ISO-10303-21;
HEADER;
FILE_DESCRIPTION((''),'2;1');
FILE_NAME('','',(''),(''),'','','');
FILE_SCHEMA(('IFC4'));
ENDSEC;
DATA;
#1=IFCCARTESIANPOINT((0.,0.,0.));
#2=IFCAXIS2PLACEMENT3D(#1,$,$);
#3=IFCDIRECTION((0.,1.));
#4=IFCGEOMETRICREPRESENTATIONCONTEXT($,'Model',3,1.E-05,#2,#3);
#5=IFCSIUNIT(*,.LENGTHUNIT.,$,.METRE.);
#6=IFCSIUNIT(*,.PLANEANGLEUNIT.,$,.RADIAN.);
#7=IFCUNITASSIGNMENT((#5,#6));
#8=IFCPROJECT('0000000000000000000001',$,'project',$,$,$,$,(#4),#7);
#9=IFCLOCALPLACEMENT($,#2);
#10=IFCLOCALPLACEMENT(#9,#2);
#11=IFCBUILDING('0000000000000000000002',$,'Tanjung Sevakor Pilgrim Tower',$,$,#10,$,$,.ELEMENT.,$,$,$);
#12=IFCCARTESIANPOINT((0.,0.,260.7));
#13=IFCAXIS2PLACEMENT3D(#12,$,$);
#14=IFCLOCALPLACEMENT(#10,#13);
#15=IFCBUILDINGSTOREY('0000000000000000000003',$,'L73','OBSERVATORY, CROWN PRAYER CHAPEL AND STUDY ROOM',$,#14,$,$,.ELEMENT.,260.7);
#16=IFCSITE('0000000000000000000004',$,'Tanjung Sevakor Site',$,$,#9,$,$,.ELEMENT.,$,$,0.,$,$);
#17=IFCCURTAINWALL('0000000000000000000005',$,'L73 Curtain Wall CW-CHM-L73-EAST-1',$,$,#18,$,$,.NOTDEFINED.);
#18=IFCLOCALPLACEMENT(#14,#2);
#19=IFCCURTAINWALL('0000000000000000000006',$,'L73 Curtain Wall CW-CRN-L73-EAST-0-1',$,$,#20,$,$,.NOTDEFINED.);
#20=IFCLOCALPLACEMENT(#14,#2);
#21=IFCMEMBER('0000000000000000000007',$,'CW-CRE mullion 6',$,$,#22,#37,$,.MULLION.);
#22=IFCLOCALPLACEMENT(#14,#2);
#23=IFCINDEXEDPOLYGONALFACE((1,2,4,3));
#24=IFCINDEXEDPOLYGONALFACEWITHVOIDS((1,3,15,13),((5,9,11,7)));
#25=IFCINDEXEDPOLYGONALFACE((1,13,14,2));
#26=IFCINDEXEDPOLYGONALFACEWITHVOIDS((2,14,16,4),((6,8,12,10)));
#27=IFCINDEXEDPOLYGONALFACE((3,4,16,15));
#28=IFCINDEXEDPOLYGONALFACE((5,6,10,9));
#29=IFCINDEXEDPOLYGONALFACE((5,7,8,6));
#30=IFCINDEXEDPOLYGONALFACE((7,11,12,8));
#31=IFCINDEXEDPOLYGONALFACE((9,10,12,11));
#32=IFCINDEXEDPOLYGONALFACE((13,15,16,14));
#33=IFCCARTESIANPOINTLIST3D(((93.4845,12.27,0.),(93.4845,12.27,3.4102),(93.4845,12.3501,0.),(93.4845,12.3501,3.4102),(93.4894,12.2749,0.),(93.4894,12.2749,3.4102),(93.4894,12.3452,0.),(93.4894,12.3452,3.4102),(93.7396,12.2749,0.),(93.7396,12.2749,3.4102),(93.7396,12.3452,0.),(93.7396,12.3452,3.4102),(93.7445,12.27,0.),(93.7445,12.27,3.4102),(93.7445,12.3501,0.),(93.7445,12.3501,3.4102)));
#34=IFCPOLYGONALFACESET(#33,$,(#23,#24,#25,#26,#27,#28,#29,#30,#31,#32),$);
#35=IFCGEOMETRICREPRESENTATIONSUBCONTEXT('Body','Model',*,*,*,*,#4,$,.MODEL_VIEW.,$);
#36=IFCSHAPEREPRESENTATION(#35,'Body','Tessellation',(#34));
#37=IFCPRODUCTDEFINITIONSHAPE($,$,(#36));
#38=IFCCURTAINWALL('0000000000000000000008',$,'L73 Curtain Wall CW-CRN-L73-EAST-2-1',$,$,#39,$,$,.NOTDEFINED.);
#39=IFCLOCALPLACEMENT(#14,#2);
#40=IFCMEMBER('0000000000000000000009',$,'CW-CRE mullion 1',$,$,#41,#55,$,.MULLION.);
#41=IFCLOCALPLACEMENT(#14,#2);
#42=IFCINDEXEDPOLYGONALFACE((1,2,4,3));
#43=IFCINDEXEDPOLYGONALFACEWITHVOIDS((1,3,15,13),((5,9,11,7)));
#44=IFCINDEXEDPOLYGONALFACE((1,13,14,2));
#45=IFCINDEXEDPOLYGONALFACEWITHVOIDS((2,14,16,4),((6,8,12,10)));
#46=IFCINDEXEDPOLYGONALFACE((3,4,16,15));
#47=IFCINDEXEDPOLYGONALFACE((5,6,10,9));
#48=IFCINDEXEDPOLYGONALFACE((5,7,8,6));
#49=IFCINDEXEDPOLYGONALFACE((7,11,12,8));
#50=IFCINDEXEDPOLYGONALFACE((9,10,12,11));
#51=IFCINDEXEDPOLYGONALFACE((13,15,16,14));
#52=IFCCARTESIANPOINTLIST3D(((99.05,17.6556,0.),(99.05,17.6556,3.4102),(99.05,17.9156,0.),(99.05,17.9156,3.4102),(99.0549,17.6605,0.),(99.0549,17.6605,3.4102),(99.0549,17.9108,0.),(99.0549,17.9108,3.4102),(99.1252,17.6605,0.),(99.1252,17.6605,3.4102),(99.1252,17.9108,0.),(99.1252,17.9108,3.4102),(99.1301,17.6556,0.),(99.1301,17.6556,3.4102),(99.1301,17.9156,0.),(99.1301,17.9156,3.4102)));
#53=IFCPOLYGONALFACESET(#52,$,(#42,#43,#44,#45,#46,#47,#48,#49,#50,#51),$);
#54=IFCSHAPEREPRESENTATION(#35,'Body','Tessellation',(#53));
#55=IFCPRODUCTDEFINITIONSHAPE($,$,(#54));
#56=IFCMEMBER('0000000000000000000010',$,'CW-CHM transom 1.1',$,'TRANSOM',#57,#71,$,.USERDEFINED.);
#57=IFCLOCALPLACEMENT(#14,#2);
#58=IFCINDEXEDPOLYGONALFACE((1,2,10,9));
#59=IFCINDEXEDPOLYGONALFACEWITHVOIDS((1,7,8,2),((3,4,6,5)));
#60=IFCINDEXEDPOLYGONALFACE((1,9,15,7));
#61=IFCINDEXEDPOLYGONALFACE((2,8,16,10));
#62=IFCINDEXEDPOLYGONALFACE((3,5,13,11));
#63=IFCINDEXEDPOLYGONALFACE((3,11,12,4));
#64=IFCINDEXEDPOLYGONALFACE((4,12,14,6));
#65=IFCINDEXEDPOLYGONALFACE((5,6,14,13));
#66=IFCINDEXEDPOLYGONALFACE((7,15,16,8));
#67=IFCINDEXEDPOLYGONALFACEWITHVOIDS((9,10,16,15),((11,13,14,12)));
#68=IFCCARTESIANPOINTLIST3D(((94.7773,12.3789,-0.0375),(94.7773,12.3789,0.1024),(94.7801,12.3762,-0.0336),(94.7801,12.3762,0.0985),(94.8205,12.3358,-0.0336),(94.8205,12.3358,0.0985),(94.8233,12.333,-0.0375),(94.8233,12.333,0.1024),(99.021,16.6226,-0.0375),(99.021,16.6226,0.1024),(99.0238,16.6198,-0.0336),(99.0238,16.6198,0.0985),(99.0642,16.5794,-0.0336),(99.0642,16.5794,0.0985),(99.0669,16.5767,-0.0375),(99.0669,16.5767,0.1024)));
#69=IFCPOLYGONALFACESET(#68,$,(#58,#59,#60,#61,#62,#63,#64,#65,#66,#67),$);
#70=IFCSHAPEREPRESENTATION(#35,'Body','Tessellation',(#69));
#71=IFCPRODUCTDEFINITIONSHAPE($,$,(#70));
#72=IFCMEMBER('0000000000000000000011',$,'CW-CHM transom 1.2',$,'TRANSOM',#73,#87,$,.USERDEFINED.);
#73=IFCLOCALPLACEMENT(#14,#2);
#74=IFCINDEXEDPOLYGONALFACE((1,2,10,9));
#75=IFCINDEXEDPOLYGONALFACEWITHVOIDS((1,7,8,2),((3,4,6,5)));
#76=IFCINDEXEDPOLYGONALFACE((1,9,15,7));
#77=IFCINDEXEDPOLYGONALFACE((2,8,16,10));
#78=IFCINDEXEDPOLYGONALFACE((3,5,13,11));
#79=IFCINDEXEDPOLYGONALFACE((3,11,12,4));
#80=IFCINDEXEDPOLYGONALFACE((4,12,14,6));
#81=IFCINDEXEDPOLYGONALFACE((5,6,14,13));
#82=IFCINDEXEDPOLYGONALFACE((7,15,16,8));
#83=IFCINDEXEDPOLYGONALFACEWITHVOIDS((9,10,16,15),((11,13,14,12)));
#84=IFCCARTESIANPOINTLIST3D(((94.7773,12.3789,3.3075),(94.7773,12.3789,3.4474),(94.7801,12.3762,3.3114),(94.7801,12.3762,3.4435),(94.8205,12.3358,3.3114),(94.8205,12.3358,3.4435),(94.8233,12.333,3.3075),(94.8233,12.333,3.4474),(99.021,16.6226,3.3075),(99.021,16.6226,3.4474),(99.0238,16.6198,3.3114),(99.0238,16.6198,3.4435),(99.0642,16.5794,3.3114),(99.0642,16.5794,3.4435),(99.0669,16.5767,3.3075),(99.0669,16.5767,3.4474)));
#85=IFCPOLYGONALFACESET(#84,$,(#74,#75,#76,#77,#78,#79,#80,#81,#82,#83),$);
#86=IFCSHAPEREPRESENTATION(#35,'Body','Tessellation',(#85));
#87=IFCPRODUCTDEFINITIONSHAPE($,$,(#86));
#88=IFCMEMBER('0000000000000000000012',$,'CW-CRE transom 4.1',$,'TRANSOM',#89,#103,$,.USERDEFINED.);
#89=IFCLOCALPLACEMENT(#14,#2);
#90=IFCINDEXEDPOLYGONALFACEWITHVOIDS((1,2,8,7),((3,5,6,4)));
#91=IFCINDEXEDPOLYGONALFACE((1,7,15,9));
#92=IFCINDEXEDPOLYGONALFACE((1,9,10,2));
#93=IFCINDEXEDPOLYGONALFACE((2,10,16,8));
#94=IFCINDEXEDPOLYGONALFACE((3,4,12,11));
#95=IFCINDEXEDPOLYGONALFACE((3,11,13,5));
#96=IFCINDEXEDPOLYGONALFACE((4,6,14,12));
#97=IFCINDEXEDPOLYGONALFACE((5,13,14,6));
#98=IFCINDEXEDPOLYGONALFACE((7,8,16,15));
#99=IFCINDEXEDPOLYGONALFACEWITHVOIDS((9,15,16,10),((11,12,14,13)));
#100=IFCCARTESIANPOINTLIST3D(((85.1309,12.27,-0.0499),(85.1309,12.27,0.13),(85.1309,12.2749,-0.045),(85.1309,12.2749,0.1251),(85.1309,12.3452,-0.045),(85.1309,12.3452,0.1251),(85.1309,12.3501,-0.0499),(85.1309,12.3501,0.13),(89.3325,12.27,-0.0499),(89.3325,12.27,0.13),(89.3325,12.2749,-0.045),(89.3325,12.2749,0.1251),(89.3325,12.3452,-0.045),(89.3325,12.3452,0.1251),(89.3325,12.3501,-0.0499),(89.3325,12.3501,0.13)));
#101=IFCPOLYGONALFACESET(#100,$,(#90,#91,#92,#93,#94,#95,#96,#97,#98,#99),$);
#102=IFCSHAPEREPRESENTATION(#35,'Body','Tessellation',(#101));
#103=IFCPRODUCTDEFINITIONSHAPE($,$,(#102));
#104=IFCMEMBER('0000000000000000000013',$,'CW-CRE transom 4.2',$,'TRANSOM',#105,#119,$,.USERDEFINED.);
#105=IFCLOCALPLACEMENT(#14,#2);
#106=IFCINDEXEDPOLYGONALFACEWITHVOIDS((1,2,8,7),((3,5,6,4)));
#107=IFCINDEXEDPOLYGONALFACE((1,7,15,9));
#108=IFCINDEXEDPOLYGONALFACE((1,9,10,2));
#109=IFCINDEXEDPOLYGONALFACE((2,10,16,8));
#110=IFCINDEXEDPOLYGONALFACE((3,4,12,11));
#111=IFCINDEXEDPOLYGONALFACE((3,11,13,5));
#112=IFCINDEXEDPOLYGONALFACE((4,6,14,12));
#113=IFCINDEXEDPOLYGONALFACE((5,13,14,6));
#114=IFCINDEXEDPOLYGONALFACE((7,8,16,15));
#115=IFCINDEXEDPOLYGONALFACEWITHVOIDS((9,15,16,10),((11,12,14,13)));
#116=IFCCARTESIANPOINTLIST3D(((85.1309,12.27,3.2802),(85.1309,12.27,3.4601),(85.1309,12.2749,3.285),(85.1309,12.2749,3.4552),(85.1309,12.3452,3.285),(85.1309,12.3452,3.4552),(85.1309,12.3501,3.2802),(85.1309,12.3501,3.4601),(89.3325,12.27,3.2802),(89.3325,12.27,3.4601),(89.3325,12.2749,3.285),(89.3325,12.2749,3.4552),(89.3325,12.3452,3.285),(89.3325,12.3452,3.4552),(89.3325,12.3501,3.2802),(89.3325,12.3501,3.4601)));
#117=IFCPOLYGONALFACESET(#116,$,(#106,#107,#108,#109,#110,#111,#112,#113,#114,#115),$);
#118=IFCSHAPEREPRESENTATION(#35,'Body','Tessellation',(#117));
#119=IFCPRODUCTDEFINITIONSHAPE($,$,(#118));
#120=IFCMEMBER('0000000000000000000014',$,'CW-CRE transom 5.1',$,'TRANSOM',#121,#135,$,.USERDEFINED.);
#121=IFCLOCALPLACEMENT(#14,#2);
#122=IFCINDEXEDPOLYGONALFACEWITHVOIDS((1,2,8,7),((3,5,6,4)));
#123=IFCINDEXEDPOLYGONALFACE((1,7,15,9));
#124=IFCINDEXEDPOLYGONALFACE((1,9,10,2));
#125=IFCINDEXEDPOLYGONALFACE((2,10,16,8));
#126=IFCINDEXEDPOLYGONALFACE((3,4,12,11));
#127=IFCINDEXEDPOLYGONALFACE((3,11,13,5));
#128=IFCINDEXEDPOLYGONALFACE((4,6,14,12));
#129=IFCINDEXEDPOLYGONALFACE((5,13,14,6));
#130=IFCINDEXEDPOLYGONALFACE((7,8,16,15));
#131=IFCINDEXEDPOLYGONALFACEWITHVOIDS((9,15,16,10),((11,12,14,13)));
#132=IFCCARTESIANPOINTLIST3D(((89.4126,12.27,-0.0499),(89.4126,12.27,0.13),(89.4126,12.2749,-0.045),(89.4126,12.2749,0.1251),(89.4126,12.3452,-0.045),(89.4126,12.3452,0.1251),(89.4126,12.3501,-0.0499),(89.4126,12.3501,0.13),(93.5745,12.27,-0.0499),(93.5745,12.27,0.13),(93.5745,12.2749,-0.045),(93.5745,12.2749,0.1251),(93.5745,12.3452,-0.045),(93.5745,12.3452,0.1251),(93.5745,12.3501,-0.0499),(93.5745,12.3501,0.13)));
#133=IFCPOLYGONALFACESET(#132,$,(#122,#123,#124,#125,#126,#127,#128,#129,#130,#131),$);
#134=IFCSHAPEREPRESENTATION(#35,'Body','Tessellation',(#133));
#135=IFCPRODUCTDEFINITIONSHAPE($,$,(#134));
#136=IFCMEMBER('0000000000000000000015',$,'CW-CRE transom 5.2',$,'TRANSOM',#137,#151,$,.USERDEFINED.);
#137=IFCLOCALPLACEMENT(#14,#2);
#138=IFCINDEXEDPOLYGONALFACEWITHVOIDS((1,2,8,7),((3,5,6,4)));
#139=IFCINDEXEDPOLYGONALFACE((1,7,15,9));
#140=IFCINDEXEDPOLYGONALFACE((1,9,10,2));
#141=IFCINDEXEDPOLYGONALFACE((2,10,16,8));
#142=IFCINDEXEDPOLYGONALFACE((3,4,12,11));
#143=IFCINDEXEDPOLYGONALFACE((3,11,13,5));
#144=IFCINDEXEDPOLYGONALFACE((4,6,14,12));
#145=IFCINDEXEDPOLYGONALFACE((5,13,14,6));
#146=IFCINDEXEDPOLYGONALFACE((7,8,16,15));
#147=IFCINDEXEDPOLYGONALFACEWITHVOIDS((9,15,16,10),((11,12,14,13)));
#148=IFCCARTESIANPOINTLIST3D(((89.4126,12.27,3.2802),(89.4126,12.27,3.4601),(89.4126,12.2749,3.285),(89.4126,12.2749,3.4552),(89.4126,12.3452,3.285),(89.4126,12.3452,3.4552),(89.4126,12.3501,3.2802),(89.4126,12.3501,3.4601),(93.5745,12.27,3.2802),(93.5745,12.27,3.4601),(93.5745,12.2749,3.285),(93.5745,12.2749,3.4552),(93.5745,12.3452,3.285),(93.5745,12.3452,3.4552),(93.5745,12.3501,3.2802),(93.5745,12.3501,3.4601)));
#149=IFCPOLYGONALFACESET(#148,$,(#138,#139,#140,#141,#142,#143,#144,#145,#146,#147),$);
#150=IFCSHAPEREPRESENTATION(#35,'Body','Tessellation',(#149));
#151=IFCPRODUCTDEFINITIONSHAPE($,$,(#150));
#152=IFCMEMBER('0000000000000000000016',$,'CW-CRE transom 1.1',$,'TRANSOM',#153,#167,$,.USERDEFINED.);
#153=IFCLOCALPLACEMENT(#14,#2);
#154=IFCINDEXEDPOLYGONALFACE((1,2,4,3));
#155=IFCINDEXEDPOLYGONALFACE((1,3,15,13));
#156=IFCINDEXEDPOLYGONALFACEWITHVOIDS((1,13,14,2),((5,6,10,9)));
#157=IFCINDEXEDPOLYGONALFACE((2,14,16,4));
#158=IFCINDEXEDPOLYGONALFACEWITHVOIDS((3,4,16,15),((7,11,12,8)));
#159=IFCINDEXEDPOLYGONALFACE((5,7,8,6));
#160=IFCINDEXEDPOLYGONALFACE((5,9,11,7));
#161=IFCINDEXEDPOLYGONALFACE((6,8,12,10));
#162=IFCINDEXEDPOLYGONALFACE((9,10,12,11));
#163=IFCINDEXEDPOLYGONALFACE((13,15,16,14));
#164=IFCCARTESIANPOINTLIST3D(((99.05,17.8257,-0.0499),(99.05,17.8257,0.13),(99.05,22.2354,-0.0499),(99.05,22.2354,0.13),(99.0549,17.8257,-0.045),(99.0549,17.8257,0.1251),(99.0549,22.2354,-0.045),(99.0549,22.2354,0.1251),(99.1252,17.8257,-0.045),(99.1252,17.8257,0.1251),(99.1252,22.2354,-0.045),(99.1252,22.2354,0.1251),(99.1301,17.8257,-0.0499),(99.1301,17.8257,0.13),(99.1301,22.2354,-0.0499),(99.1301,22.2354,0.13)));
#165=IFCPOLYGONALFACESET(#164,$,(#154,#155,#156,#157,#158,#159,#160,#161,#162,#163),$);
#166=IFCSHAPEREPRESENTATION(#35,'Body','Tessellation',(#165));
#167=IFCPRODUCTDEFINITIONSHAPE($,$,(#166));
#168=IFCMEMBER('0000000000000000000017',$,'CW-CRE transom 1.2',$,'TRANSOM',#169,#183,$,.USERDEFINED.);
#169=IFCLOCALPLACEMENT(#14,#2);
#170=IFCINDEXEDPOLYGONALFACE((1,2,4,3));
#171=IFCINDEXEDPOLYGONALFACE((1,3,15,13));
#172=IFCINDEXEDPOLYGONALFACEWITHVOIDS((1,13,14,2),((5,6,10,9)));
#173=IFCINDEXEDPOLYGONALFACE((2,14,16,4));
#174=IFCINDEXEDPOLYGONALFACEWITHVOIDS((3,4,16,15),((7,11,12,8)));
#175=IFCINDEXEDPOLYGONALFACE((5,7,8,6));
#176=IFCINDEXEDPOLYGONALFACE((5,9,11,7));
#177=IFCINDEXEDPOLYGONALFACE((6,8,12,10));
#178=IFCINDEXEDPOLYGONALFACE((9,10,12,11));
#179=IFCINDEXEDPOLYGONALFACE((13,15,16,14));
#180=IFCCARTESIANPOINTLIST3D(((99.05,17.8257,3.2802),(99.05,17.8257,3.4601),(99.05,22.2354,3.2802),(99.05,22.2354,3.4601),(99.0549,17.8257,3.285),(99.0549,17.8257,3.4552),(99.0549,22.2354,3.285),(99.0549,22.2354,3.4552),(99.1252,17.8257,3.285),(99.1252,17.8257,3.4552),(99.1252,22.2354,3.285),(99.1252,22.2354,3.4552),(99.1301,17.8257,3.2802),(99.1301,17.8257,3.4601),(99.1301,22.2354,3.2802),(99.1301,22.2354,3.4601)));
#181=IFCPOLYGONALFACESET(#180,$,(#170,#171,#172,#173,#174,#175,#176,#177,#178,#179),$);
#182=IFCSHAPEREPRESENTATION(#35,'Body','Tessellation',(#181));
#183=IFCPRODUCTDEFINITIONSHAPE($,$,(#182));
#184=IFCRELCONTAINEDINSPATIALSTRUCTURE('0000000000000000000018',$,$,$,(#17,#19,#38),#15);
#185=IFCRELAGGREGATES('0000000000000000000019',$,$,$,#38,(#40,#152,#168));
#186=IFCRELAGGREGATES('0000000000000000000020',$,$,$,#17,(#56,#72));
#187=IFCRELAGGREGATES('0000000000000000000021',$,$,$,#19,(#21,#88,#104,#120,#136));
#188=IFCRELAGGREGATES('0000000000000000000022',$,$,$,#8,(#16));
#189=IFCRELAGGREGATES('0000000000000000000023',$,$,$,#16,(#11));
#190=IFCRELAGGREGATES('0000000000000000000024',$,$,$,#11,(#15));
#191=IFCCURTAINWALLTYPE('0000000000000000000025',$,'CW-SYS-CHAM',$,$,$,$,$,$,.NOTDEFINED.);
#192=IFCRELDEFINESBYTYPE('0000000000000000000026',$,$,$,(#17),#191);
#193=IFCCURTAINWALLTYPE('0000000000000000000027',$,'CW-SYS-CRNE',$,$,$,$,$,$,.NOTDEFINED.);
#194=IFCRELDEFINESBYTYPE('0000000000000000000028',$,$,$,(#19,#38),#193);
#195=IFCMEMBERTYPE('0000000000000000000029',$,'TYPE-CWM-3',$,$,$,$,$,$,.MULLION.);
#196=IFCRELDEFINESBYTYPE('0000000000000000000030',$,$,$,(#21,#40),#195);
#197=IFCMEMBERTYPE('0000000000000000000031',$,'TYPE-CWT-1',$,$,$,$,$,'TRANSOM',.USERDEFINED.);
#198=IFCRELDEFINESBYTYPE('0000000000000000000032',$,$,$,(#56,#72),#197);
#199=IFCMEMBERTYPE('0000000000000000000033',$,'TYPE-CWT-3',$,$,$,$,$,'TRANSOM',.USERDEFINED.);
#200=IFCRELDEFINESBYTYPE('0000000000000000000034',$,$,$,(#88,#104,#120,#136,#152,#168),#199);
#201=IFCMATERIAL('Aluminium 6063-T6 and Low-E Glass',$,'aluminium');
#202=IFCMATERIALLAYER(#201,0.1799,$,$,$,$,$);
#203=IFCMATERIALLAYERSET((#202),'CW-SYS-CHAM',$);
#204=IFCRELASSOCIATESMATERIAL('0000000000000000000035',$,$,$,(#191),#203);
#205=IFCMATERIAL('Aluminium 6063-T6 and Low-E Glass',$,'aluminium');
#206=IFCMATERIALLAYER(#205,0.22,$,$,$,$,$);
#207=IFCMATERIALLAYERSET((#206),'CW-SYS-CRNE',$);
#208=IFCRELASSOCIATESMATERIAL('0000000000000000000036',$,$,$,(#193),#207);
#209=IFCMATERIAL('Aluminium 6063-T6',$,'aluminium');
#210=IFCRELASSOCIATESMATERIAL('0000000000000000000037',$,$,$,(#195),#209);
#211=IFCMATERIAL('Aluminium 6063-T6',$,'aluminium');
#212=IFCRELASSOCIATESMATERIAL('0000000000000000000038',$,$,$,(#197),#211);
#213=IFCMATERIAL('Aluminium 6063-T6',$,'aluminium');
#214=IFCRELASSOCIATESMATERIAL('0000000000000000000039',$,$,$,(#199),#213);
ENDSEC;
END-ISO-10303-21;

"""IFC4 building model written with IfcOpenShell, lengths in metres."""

from ifc_helpers import new_model, si_unit, direction, frame, origin, origin_2d, place, context, subcontext, project, spatial, hollow_rectangle, extrude, material, layer, layer_set, material_profile, profile_set, type_object, element, aggregate, save


model = new_model("IFC4")

# Units and contexts
model_context = context("Model", 3, precision=1e-05, world=origin(), true_north=direction((0.0, 1.0)))
body_context = subcontext(model_context, "Body", "Model", "MODEL_VIEW")
ifc_project = project(units=[si_unit("LENGTHUNIT", "METRE"), si_unit("PLANEANGLEUNIT", "RADIAN")], contexts=[model_context])

# Site, building, storey
site_placement = place(None, origin())
site = spatial("IfcSite", under=ifc_project, at=site_placement, Name="Tanjung Sevakor Site", CompositionType="ELEMENT", RefElevation=0.0)
building_placement = place(site_placement, origin())
building = spatial("IfcBuilding", under=site, at=building_placement, Name="Tanjung Sevakor Pilgrim Tower", CompositionType="ELEMENT")
storey_placement = place(building_placement, frame((0.0, 0.0, 260.7)))
storey = spatial("IfcBuildingStorey", under=building, at=storey_placement, Name="L73", Description="OBSERVATORY, CROWN PRAYER CHAPEL AND STUDY ROOM", CompositionType="ELEMENT", Elevation=260.7)

# Curtain walls, member
ifc_material_1 = material(Name="Aluminium 6063-T6 and Low-E Glass", Category="aluminium")
ifc_layer_1 = layer(ifc_material_1, 0.1799)
ifc_layer_set_1 = layer_set([ifc_layer_1], Name="CW-SYS-CHAM")
curtain_wall_type_1 = type_object("IfcCurtainWallType", Name="CW-SYS-CHAM", PredefinedType="NOTDEFINED", material=ifc_layer_set_1)
curtain_wall_1_placement = place(storey_placement, origin())
curtain_wall_1 = element("IfcCurtainWall", 1, at=curtain_wall_1_placement, inside=storey, type_object=curtain_wall_type_1, Name="L73 Curtain Wall CW-CHM-L73-EAST-1", PredefinedType="NOTDEFINED")
ifc_material_2 = material(Name="Aluminium 6063-T6 and Low-E Glass", Category="aluminium")
ifc_layer_2 = layer(ifc_material_2, 0.22)
ifc_layer_set_2 = layer_set([ifc_layer_2], Name="CW-SYS-CRNE")
curtain_wall_type_2 = type_object("IfcCurtainWallType", Name="CW-SYS-CRNE", PredefinedType="NOTDEFINED", material=ifc_layer_set_2)
curtain_wall_2_placement = place(storey_placement, origin())
curtain_wall_2 = element("IfcCurtainWall", 2, at=curtain_wall_2_placement, inside=storey, type_object=curtain_wall_type_2, Name="L73 Curtain Wall CW-CRN-L73-EAST-0-1", PredefinedType="NOTDEFINED")
ifc_material_3 = material(Name="Aluminium 6063-T6", Category="aluminium")
ifc_material_profile_1 = material_profile(ifc_material_3, hollow_rectangle(XDim=0.0801, YDim=0.26, WallThickness=0.0049, at=origin_2d()))
ifc_profile_set_1 = profile_set([ifc_material_profile_1], Name="Aluminium 6063-T6")
member_type_1 = type_object("IfcMemberType", Name="TYPE-CWM-3", PredefinedType="MULLION", material=ifc_profile_set_1)
member_1_placement = place(storey_placement, frame((93.6145, 12.3101, 0.0), z_axis=(0.0, 0.0, 1.0), x_axis=(0.0, 1.0, 0.0)))
member_1 = element("IfcMember", 3, at=member_1_placement, type_object=member_type_1, Name="CW-CRE mullion 6", PredefinedType="MULLION", context=body_context, shape_type="SweptSolid", body=[
    extrude(hollow_rectangle(XDim=0.0801, YDim=0.26, WallThickness=0.0049, at=origin_2d()), origin(), (0.0, 0.0, 1.0), 3.4102),
])

# Curtain wall, member
curtain_wall_3_placement = place(storey_placement, origin())
curtain_wall_3 = element("IfcCurtainWall", 4, at=curtain_wall_3_placement, inside=storey, type_object=curtain_wall_type_2, Name="L73 Curtain Wall CW-CRN-L73-EAST-2-1", PredefinedType="NOTDEFINED")
member_2_placement = place(storey_placement, frame((99.0901, 17.7856, 0.0), z_axis=(0.0, 0.0, 1.0), x_axis=(-1.0, 0.0, 0.0)))
member_2 = element("IfcMember", 5, at=member_2_placement, type_object=member_type_1, Name="CW-CRE mullion 1", PredefinedType="MULLION", context=body_context, shape_type="SweptSolid", body=[
    extrude(hollow_rectangle(XDim=0.0801, YDim=0.26, WallThickness=0.0049, at=origin_2d()), origin(), (0.0, 0.0, 1.0), 3.4102),
])

# Members
ifc_material_4 = material(Name="Aluminium 6063-T6", Category="aluminium")
ifc_material_profile_2 = material_profile(ifc_material_4, hollow_rectangle(XDim=0.0649, YDim=0.1399, WallThickness=0.0039, at=origin_2d()))
ifc_profile_set_2 = profile_set([ifc_material_profile_2], Name="Aluminium 6063-T6")
member_type_2 = type_object("IfcMemberType", Name="TYPE-CWT-1", ElementType="TRANSOM", PredefinedType="USERDEFINED", material=ifc_profile_set_2)
member_3_placement = place(storey_placement, frame((94.8003, 12.356, 0.0325), z_axis=(0.707107, 0.707107, 0.0), x_axis=(-0.707107, 0.707107, 0.0)))
member_3 = element("IfcMember", 6, at=member_3_placement, type_object=member_type_2, Name="CW-CHM transom 1.1", ObjectType="TRANSOM", PredefinedType="USERDEFINED", context=body_context, shape_type="SweptSolid", body=[
    extrude(hollow_rectangle(XDim=0.0649, YDim=0.1399, WallThickness=0.0039, at=origin_2d()), origin(), (0.0, 0.0, 1.0), 6.0015),
])
member_4_placement = place(storey_placement, frame((94.8003, 12.356, 3.3774), z_axis=(0.707107, 0.707107, 0.0), x_axis=(-0.707107, 0.707107, 0.0)))
member_4 = element("IfcMember", 7, at=member_4_placement, type_object=member_type_2, Name="CW-CHM transom 1.2", ObjectType="TRANSOM", PredefinedType="USERDEFINED", context=body_context, shape_type="SweptSolid", body=[
    extrude(hollow_rectangle(XDim=0.0649, YDim=0.1399, WallThickness=0.0039, at=origin_2d()), origin(), (0.0, 0.0, 1.0), 6.0015),
])
ifc_material_5 = material(Name="Aluminium 6063-T6", Category="aluminium")
ifc_material_profile_3 = material_profile(ifc_material_5, hollow_rectangle(XDim=0.0801, YDim=0.1799, WallThickness=0.0049, at=origin_2d()))
ifc_profile_set_3 = profile_set([ifc_material_profile_3], Name="Aluminium 6063-T6")
member_type_3 = type_object("IfcMemberType", Name="TYPE-CWT-3", ElementType="TRANSOM", PredefinedType="USERDEFINED", material=ifc_profile_set_3)
member_5_placement = place(storey_placement, frame((85.1309, 12.3101, 0.04), z_axis=(1.0, 0.0, 0.0), x_axis=(0.0, 1.0, 0.0)))
member_5 = element("IfcMember", 8, at=member_5_placement, type_object=member_type_3, Name="CW-CRE transom 4.1", ObjectType="TRANSOM", PredefinedType="USERDEFINED", context=body_context, shape_type="SweptSolid", body=[
    extrude(hollow_rectangle(XDim=0.0801, YDim=0.1799, WallThickness=0.0049, at=origin_2d()), origin(), (0.0, 0.0, 1.0), 4.2017),
])
member_6_placement = place(storey_placement, frame((85.1309, 12.3101, 3.3701), z_axis=(1.0, 0.0, 0.0), x_axis=(0.0, 1.0, 0.0)))
member_6 = element("IfcMember", 9, at=member_6_placement, type_object=member_type_3, Name="CW-CRE transom 4.2", ObjectType="TRANSOM", PredefinedType="USERDEFINED", context=body_context, shape_type="SweptSolid", body=[
    extrude(hollow_rectangle(XDim=0.0801, YDim=0.1799, WallThickness=0.0049, at=origin_2d()), origin(), (0.0, 0.0, 1.0), 4.2017),
])
member_7_placement = place(storey_placement, frame((89.4126, 12.3101, 0.04), z_axis=(1.0, 0.0, 0.0), x_axis=(0.0, 1.0, 0.0)))
member_7 = element("IfcMember", 10, at=member_7_placement, type_object=member_type_3, Name="CW-CRE transom 5.1", ObjectType="TRANSOM", PredefinedType="USERDEFINED", context=body_context, shape_type="SweptSolid", body=[
    extrude(hollow_rectangle(XDim=0.0801, YDim=0.1799, WallThickness=0.0049, at=origin_2d()), origin(), (0.0, 0.0, 1.0), 4.1619),
])
member_8_placement = place(storey_placement, frame((89.4126, 12.3101, 3.3701), z_axis=(1.0, 0.0, 0.0), x_axis=(0.0, 1.0, 0.0)))
member_8 = element("IfcMember", 11, at=member_8_placement, type_object=member_type_3, Name="CW-CRE transom 5.2", ObjectType="TRANSOM", PredefinedType="USERDEFINED", context=body_context, shape_type="SweptSolid", body=[
    extrude(hollow_rectangle(XDim=0.0801, YDim=0.1799, WallThickness=0.0049, at=origin_2d()), origin(), (0.0, 0.0, 1.0), 4.1619),
])
member_9_placement = place(storey_placement, frame((99.0901, 17.8257, 0.04), z_axis=(0.0, 1.0, 0.0), x_axis=(-1.0, 0.0, 0.0)))
member_9 = element("IfcMember", 12, at=member_9_placement, type_object=member_type_3, Name="CW-CRE transom 1.1", ObjectType="TRANSOM", PredefinedType="USERDEFINED", context=body_context, shape_type="SweptSolid", body=[
    extrude(hollow_rectangle(XDim=0.0801, YDim=0.1799, WallThickness=0.0049, at=origin_2d()), origin(), (0.0, 0.0, 1.0), 4.4097),
])
member_10_placement = place(storey_placement, frame((99.0901, 17.8257, 3.3701), z_axis=(0.0, 1.0, 0.0), x_axis=(-1.0, 0.0, 0.0)))
member_10 = element("IfcMember", 13, at=member_10_placement, type_object=member_type_3, Name="CW-CRE transom 1.2", ObjectType="TRANSOM", PredefinedType="USERDEFINED", context=body_context, shape_type="SweptSolid", body=[
    extrude(hollow_rectangle(XDim=0.0801, YDim=0.1799, WallThickness=0.0049, at=origin_2d()), origin(), (0.0, 0.0, 1.0), 4.4097),
])
aggregate(curtain_wall_3, [member_2, member_9, member_10])

aggregate(curtain_wall_1, [member_3, member_4])
aggregate(curtain_wall_2, [member_1, member_5, member_6, member_7, member_8])

save(model, "model.ifc")
